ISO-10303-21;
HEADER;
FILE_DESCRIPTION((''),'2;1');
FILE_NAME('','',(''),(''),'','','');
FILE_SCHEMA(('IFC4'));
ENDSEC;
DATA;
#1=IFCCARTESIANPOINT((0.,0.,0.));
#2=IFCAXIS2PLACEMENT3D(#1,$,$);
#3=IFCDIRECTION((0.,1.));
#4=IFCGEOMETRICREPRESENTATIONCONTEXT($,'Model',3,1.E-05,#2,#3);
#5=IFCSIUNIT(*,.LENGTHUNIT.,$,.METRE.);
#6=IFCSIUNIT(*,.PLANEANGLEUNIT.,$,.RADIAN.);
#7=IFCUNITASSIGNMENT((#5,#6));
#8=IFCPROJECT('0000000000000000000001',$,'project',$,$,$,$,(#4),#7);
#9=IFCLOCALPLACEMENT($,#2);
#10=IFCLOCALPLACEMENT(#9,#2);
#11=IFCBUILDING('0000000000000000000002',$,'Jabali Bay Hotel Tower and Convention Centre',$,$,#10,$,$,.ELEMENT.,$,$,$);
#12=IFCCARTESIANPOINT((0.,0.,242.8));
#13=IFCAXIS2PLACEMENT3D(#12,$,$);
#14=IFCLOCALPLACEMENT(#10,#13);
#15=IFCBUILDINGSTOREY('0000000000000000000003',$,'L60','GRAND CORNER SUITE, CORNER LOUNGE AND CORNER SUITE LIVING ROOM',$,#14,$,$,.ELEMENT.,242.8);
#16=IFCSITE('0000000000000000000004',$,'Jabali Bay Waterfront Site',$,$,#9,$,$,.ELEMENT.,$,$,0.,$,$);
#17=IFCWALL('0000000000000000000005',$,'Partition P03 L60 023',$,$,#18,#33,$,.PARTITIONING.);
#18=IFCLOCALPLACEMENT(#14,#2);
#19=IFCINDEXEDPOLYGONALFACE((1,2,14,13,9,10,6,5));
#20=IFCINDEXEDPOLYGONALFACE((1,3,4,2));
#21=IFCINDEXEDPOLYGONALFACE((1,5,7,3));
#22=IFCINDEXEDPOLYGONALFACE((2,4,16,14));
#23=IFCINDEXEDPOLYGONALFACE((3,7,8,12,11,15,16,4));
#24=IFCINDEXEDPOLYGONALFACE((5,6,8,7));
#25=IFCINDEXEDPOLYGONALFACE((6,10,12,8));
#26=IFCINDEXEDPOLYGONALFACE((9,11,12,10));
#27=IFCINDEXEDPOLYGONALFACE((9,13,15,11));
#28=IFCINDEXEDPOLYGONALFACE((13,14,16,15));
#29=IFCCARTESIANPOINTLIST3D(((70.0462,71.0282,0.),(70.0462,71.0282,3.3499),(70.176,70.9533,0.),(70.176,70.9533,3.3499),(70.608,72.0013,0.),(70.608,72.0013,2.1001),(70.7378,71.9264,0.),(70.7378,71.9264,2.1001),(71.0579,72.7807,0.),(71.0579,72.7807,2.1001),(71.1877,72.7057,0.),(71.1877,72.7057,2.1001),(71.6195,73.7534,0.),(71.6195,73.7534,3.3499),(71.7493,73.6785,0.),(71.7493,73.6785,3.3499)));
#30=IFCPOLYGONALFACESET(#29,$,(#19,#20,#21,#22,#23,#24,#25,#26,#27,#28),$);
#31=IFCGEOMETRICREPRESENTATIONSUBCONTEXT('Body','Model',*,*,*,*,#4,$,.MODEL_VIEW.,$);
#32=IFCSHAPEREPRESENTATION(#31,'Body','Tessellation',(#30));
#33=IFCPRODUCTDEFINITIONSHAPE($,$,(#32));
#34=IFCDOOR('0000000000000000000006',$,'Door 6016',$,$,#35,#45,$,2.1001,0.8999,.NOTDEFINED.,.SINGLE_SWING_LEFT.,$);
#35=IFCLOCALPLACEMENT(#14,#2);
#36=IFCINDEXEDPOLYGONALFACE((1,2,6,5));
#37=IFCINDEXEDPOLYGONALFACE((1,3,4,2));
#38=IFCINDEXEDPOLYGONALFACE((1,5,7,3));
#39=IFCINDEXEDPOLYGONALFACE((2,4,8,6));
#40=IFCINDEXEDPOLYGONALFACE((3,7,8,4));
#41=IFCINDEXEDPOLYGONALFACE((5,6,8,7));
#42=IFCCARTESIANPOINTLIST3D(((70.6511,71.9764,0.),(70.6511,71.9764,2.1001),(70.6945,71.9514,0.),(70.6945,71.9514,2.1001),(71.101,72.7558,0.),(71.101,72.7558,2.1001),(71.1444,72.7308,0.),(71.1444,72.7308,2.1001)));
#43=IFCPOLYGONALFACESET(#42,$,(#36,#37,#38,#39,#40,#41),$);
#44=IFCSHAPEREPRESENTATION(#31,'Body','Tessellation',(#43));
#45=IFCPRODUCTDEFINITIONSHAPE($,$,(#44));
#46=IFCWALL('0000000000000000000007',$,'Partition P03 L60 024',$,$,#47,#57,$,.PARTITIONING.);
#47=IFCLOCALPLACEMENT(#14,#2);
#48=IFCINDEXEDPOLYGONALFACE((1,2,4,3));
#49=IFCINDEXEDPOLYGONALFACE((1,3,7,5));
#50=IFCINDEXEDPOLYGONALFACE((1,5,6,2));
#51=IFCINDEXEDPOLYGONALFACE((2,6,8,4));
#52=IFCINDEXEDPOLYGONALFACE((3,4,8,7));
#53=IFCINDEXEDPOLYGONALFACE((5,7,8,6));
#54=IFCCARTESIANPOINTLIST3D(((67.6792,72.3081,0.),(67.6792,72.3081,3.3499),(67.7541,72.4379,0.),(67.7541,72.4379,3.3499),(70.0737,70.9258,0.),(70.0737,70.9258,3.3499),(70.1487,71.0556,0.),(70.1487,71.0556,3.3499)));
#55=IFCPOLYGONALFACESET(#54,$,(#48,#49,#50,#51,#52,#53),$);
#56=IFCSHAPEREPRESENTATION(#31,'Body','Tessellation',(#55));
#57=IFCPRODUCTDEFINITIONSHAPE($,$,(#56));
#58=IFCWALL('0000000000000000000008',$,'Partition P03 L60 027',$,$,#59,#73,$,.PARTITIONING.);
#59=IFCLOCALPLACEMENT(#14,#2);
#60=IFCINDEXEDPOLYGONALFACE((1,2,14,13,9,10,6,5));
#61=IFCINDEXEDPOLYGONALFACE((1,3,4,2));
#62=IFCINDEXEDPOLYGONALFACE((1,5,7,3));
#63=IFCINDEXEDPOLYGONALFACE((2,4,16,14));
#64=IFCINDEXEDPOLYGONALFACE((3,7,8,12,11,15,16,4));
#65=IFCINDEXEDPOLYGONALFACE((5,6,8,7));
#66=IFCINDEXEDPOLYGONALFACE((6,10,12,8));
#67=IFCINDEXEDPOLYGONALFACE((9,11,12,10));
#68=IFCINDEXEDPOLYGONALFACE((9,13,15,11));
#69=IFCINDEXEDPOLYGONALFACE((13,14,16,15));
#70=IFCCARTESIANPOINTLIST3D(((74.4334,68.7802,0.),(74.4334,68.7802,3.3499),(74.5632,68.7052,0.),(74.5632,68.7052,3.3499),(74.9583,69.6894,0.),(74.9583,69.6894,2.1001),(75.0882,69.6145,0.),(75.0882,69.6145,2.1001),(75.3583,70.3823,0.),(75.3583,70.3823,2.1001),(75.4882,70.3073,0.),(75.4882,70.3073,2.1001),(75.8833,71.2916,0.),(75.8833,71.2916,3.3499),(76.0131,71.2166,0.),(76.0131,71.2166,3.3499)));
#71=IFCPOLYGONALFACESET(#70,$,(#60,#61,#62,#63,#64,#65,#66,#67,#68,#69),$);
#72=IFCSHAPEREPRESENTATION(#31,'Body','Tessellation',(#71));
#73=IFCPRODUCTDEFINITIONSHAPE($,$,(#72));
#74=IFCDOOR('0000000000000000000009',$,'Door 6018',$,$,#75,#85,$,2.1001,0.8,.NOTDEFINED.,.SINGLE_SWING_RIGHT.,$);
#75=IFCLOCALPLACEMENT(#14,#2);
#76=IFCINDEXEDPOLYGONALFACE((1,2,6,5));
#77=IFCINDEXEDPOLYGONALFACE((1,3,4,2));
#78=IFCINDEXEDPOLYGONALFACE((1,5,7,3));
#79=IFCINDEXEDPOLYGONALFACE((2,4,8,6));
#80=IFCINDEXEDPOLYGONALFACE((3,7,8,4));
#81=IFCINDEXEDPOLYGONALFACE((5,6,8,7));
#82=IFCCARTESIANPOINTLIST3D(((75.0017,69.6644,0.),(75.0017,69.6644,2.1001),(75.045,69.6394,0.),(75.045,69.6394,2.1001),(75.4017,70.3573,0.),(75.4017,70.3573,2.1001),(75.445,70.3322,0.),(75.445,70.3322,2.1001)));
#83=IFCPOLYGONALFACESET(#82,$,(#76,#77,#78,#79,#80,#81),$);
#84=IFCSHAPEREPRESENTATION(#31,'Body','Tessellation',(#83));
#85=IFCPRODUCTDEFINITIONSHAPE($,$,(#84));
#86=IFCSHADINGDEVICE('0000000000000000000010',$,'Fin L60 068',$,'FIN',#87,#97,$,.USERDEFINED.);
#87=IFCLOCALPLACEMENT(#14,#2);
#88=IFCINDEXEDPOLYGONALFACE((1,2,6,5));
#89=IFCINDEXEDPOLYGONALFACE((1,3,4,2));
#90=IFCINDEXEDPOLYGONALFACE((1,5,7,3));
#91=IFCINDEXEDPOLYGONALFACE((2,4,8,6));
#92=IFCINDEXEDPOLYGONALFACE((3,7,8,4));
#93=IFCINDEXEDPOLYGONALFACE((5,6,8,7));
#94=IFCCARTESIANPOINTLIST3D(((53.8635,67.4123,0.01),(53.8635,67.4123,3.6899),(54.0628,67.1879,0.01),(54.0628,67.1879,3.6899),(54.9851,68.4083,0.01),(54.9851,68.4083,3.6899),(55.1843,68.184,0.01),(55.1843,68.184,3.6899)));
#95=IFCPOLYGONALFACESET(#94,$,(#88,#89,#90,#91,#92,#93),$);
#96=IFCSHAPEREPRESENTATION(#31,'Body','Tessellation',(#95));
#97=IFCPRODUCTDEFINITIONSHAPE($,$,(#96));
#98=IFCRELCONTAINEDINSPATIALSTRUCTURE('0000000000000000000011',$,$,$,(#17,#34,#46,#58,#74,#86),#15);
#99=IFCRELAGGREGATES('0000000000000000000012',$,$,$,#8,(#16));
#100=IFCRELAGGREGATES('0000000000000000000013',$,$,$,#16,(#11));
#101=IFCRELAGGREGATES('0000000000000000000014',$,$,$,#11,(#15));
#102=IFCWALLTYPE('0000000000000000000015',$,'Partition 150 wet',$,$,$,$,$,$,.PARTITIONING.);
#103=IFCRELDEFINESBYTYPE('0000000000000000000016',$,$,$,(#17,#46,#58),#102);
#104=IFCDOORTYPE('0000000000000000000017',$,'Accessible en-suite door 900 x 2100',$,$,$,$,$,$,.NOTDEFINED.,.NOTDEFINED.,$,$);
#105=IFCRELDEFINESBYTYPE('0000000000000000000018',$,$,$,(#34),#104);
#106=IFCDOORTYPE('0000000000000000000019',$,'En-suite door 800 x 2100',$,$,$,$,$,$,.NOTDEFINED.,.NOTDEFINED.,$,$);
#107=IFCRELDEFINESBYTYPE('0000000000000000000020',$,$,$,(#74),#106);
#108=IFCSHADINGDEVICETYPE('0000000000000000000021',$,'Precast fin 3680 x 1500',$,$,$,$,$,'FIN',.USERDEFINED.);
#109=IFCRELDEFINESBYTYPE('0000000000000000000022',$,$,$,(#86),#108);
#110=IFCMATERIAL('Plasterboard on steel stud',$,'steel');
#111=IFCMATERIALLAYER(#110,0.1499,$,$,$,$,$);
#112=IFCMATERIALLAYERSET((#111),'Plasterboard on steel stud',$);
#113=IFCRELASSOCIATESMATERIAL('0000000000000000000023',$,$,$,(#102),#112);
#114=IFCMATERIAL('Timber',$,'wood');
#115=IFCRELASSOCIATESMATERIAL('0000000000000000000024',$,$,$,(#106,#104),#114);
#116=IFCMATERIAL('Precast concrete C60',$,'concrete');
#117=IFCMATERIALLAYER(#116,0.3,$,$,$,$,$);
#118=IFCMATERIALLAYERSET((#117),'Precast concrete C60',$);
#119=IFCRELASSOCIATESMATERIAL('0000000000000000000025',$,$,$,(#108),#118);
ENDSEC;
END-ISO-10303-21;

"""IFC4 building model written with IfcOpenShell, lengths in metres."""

from ifc_helpers import new_model, si_unit, direction, frame, frame_2d, origin, place, context, subcontext, project, spatial, rectangle, extrude, material, layer, layer_set, type_object, element, fill, save


model = new_model("IFC4")

# Units and contexts
model_context = context("Model", 3, precision=1e-05, world=origin(), true_north=direction((0.0, 1.0)))
body_context = subcontext(model_context, "Body", "Model", "MODEL_VIEW")
ifc_project = project(units=[si_unit("LENGTHUNIT", "METRE"), si_unit("PLANEANGLEUNIT", "RADIAN")], contexts=[model_context])

# Site, building, storey
site_placement = place(None, origin())
site = spatial("IfcSite", under=ifc_project, at=site_placement, Name="Jabali Bay Waterfront Site", CompositionType="ELEMENT", RefElevation=0.0)
building_placement = place(site_placement, origin())
building = spatial("IfcBuilding", under=site, at=building_placement, Name="Jabali Bay Hotel Tower and Convention Centre", CompositionType="ELEMENT")
storey_placement = place(building_placement, frame((0.0, 0.0, 242.8)))
storey = spatial("IfcBuildingStorey", under=building, at=storey_placement, Name="L60", Description="GRAND CORNER SUITE, CORNER LOUNGE AND CORNER SUITE LIVING ROOM", CompositionType="ELEMENT", Elevation=242.8)

# Shared definitions
ifc_material_1 = material(Name="Timber", Category="wood")

# Shared definitions
ifc_material_2 = material(Name="Plasterboard on steel stud", Category="steel")
ifc_layer_1 = layer(ifc_material_2, 0.1499)
ifc_layer_set_1 = layer_set([ifc_layer_1], Name="Plasterboard on steel stud")
wall_type_1 = type_object("IfcWallType", Name="Partition 150 wet", PredefinedType="PARTITIONING", material=ifc_layer_set_1)
door_type_1 = type_object("IfcDoorType", Name="En-suite door 800 x 2100", OperationType="NOTDEFINED", PredefinedType="NOTDEFINED", material=ifc_material_1)

# Wall, opening, door
wall_1_placement = place(storey_placement, frame((71.6843, 73.7158, 0.0), z_axis=(0.0, 0.0, 1.0), x_axis=(-0.499978, -0.866038, 0.0)))
wall_1 = element("IfcWall", 1, at=wall_1_placement, inside=storey, type_object=wall_type_1, Name="Partition P03 L60 023", PredefinedType="PARTITIONING", context=body_context, shape_type="SweptSolid", body=[
    extrude(rectangle(XDim=3.1467, YDim=0.1499, at=frame_2d((1.5732, 0.0))), origin(), (0.0, 0.0, 1.0), 3.3499),
])
opening_1_placement = place(wall_1_placement, frame((1.123, 0.0, 0.0)))
opening_1 = element("IfcOpeningElement", 2, at=opening_1_placement, cuts=wall_1, PredefinedType="OPENING", context=body_context, shape_type="SweptSolid", body=[
    extrude(rectangle(XDim=0.8999, YDim=2.1001, at=frame_2d((0.45, 1.05))), frame((0.0, 0.0854, 0.0), z_axis=(0.0, -1.0, 0.0), x_axis=(1.0, 0.0, 0.0)), (0.0, 0.0, 1.0), 0.1709),
])
door_type_2 = type_object("IfcDoorType", Name="Accessible en-suite door 900 x 2100", OperationType="NOTDEFINED", PredefinedType="NOTDEFINED", material=ifc_material_1)
door_1_placement = place(opening_1_placement, origin())
door_1 = element("IfcDoor", 3, at=door_1_placement, inside=storey, type_object=door_type_2, Name="Door 6016", OperationType="SINGLE_SWING_LEFT", OverallHeight=2.1001, OverallWidth=0.8999, PredefinedType="NOTDEFINED", context=body_context, shape_type="SweptSolid", body=[
    extrude(rectangle(XDim=0.8999, YDim=2.1001, at=frame_2d((0.45, 1.05))), frame((0.0, 0.0249, 0.0), z_axis=(0.0, -1.0, 0.0), x_axis=(1.0, 0.0, 0.0)), (0.0, 0.0, 1.0), 0.05),
])
fill(opening_1, door_1)

# Wall
wall_2_placement = place(storey_placement, frame((70.1111, 70.9907, 0.0), z_axis=(0.0, 0.0, 1.0), x_axis=(-0.86605, 0.499957, 0.0)))
element("IfcWall", 4, at=wall_2_placement, inside=storey, type_object=wall_type_1, Name="Partition P03 L60 024", PredefinedType="PARTITIONING", context=body_context, shape_type="SweptSolid", body=[
    extrude(rectangle(XDim=2.7649, YDim=0.1499, at=frame_2d((1.3823, 0.0))), origin(), (0.0, 0.0, 1.0), 3.3499),
])

# Wall, opening, door
wall_3_placement = place(storey_placement, frame((74.4983, 68.7427, 0.0), z_axis=(0.0, 0.0, 1.0), x_axis=(0.499987, 0.866033, 0.0)))
wall_3 = element("IfcWall", 5, at=wall_3_placement, inside=storey, type_object=wall_type_1, Name="Partition P03 L60 027", PredefinedType="PARTITIONING", context=body_context, shape_type="SweptSolid", body=[
    extrude(rectangle(XDim=2.8999, YDim=0.1499, at=frame_2d((1.45, 0.0))), origin(), (0.0, 0.0, 1.0), 3.3499),
])
opening_2_placement = place(wall_3_placement, frame((1.05, 0.0, 0.0)))
opening_2 = element("IfcOpeningElement", 6, at=opening_2_placement, cuts=wall_3, PredefinedType="OPENING", context=body_context, shape_type="SweptSolid", body=[
    extrude(rectangle(XDim=0.8, YDim=2.1001, at=frame_2d((0.3999, 1.05))), frame((0.0, 0.0854, 0.0), z_axis=(0.0, -1.0, 0.0), x_axis=(1.0, 0.0, 0.0)), (0.0, 0.0, 1.0), 0.1709),
])
door_2_placement = place(opening_2_placement, origin())
door_2 = element("IfcDoor", 7, at=door_2_placement, inside=storey, type_object=door_type_1, Name="Door 6018", OperationType="SINGLE_SWING_RIGHT", OverallHeight=2.1001, OverallWidth=0.8, PredefinedType="NOTDEFINED", context=body_context, shape_type="SweptSolid", body=[
    extrude(rectangle(XDim=0.8, YDim=2.1001, at=frame_2d((0.3999, 1.05))), frame((0.0, 0.0249, 0.0), z_axis=(0.0, -1.0, 0.0), x_axis=(1.0, 0.0, 0.0)), (0.0, 0.0, 1.0), 0.05),
])
fill(opening_2, door_2)

# Shading device
ifc_material_3 = material(Name="Precast concrete C60", Category="concrete")
ifc_layer_2 = layer(ifc_material_3, 0.3)
ifc_layer_set_2 = layer_set([ifc_layer_2], Name="Precast concrete C60")
shading_device_type = type_object("IfcShadingDeviceType", Name="Precast fin 3680 x 1500", ElementType="FIN", PredefinedType="USERDEFINED", material=ifc_layer_set_2)
shading_device_placement = place(storey_placement, frame((55.0847, 68.2961, 0.01), z_axis=(0.0, 0.0, 1.0), x_axis=(-0.747697, -0.664041, 0.0)))
element("IfcShadingDevice", 8, at=shading_device_placement, inside=storey, type_object=shading_device_type, Name="Fin L60 068", ObjectType="FIN", PredefinedType="USERDEFINED", context=body_context, shape_type="SweptSolid", body=[
    extrude(rectangle(XDim=1.5, YDim=0.3, at=frame_2d((0.75, 0.0))), origin(), (0.0, 0.0, 1.0), 3.6799),
])

save(model, "model.ifc")
